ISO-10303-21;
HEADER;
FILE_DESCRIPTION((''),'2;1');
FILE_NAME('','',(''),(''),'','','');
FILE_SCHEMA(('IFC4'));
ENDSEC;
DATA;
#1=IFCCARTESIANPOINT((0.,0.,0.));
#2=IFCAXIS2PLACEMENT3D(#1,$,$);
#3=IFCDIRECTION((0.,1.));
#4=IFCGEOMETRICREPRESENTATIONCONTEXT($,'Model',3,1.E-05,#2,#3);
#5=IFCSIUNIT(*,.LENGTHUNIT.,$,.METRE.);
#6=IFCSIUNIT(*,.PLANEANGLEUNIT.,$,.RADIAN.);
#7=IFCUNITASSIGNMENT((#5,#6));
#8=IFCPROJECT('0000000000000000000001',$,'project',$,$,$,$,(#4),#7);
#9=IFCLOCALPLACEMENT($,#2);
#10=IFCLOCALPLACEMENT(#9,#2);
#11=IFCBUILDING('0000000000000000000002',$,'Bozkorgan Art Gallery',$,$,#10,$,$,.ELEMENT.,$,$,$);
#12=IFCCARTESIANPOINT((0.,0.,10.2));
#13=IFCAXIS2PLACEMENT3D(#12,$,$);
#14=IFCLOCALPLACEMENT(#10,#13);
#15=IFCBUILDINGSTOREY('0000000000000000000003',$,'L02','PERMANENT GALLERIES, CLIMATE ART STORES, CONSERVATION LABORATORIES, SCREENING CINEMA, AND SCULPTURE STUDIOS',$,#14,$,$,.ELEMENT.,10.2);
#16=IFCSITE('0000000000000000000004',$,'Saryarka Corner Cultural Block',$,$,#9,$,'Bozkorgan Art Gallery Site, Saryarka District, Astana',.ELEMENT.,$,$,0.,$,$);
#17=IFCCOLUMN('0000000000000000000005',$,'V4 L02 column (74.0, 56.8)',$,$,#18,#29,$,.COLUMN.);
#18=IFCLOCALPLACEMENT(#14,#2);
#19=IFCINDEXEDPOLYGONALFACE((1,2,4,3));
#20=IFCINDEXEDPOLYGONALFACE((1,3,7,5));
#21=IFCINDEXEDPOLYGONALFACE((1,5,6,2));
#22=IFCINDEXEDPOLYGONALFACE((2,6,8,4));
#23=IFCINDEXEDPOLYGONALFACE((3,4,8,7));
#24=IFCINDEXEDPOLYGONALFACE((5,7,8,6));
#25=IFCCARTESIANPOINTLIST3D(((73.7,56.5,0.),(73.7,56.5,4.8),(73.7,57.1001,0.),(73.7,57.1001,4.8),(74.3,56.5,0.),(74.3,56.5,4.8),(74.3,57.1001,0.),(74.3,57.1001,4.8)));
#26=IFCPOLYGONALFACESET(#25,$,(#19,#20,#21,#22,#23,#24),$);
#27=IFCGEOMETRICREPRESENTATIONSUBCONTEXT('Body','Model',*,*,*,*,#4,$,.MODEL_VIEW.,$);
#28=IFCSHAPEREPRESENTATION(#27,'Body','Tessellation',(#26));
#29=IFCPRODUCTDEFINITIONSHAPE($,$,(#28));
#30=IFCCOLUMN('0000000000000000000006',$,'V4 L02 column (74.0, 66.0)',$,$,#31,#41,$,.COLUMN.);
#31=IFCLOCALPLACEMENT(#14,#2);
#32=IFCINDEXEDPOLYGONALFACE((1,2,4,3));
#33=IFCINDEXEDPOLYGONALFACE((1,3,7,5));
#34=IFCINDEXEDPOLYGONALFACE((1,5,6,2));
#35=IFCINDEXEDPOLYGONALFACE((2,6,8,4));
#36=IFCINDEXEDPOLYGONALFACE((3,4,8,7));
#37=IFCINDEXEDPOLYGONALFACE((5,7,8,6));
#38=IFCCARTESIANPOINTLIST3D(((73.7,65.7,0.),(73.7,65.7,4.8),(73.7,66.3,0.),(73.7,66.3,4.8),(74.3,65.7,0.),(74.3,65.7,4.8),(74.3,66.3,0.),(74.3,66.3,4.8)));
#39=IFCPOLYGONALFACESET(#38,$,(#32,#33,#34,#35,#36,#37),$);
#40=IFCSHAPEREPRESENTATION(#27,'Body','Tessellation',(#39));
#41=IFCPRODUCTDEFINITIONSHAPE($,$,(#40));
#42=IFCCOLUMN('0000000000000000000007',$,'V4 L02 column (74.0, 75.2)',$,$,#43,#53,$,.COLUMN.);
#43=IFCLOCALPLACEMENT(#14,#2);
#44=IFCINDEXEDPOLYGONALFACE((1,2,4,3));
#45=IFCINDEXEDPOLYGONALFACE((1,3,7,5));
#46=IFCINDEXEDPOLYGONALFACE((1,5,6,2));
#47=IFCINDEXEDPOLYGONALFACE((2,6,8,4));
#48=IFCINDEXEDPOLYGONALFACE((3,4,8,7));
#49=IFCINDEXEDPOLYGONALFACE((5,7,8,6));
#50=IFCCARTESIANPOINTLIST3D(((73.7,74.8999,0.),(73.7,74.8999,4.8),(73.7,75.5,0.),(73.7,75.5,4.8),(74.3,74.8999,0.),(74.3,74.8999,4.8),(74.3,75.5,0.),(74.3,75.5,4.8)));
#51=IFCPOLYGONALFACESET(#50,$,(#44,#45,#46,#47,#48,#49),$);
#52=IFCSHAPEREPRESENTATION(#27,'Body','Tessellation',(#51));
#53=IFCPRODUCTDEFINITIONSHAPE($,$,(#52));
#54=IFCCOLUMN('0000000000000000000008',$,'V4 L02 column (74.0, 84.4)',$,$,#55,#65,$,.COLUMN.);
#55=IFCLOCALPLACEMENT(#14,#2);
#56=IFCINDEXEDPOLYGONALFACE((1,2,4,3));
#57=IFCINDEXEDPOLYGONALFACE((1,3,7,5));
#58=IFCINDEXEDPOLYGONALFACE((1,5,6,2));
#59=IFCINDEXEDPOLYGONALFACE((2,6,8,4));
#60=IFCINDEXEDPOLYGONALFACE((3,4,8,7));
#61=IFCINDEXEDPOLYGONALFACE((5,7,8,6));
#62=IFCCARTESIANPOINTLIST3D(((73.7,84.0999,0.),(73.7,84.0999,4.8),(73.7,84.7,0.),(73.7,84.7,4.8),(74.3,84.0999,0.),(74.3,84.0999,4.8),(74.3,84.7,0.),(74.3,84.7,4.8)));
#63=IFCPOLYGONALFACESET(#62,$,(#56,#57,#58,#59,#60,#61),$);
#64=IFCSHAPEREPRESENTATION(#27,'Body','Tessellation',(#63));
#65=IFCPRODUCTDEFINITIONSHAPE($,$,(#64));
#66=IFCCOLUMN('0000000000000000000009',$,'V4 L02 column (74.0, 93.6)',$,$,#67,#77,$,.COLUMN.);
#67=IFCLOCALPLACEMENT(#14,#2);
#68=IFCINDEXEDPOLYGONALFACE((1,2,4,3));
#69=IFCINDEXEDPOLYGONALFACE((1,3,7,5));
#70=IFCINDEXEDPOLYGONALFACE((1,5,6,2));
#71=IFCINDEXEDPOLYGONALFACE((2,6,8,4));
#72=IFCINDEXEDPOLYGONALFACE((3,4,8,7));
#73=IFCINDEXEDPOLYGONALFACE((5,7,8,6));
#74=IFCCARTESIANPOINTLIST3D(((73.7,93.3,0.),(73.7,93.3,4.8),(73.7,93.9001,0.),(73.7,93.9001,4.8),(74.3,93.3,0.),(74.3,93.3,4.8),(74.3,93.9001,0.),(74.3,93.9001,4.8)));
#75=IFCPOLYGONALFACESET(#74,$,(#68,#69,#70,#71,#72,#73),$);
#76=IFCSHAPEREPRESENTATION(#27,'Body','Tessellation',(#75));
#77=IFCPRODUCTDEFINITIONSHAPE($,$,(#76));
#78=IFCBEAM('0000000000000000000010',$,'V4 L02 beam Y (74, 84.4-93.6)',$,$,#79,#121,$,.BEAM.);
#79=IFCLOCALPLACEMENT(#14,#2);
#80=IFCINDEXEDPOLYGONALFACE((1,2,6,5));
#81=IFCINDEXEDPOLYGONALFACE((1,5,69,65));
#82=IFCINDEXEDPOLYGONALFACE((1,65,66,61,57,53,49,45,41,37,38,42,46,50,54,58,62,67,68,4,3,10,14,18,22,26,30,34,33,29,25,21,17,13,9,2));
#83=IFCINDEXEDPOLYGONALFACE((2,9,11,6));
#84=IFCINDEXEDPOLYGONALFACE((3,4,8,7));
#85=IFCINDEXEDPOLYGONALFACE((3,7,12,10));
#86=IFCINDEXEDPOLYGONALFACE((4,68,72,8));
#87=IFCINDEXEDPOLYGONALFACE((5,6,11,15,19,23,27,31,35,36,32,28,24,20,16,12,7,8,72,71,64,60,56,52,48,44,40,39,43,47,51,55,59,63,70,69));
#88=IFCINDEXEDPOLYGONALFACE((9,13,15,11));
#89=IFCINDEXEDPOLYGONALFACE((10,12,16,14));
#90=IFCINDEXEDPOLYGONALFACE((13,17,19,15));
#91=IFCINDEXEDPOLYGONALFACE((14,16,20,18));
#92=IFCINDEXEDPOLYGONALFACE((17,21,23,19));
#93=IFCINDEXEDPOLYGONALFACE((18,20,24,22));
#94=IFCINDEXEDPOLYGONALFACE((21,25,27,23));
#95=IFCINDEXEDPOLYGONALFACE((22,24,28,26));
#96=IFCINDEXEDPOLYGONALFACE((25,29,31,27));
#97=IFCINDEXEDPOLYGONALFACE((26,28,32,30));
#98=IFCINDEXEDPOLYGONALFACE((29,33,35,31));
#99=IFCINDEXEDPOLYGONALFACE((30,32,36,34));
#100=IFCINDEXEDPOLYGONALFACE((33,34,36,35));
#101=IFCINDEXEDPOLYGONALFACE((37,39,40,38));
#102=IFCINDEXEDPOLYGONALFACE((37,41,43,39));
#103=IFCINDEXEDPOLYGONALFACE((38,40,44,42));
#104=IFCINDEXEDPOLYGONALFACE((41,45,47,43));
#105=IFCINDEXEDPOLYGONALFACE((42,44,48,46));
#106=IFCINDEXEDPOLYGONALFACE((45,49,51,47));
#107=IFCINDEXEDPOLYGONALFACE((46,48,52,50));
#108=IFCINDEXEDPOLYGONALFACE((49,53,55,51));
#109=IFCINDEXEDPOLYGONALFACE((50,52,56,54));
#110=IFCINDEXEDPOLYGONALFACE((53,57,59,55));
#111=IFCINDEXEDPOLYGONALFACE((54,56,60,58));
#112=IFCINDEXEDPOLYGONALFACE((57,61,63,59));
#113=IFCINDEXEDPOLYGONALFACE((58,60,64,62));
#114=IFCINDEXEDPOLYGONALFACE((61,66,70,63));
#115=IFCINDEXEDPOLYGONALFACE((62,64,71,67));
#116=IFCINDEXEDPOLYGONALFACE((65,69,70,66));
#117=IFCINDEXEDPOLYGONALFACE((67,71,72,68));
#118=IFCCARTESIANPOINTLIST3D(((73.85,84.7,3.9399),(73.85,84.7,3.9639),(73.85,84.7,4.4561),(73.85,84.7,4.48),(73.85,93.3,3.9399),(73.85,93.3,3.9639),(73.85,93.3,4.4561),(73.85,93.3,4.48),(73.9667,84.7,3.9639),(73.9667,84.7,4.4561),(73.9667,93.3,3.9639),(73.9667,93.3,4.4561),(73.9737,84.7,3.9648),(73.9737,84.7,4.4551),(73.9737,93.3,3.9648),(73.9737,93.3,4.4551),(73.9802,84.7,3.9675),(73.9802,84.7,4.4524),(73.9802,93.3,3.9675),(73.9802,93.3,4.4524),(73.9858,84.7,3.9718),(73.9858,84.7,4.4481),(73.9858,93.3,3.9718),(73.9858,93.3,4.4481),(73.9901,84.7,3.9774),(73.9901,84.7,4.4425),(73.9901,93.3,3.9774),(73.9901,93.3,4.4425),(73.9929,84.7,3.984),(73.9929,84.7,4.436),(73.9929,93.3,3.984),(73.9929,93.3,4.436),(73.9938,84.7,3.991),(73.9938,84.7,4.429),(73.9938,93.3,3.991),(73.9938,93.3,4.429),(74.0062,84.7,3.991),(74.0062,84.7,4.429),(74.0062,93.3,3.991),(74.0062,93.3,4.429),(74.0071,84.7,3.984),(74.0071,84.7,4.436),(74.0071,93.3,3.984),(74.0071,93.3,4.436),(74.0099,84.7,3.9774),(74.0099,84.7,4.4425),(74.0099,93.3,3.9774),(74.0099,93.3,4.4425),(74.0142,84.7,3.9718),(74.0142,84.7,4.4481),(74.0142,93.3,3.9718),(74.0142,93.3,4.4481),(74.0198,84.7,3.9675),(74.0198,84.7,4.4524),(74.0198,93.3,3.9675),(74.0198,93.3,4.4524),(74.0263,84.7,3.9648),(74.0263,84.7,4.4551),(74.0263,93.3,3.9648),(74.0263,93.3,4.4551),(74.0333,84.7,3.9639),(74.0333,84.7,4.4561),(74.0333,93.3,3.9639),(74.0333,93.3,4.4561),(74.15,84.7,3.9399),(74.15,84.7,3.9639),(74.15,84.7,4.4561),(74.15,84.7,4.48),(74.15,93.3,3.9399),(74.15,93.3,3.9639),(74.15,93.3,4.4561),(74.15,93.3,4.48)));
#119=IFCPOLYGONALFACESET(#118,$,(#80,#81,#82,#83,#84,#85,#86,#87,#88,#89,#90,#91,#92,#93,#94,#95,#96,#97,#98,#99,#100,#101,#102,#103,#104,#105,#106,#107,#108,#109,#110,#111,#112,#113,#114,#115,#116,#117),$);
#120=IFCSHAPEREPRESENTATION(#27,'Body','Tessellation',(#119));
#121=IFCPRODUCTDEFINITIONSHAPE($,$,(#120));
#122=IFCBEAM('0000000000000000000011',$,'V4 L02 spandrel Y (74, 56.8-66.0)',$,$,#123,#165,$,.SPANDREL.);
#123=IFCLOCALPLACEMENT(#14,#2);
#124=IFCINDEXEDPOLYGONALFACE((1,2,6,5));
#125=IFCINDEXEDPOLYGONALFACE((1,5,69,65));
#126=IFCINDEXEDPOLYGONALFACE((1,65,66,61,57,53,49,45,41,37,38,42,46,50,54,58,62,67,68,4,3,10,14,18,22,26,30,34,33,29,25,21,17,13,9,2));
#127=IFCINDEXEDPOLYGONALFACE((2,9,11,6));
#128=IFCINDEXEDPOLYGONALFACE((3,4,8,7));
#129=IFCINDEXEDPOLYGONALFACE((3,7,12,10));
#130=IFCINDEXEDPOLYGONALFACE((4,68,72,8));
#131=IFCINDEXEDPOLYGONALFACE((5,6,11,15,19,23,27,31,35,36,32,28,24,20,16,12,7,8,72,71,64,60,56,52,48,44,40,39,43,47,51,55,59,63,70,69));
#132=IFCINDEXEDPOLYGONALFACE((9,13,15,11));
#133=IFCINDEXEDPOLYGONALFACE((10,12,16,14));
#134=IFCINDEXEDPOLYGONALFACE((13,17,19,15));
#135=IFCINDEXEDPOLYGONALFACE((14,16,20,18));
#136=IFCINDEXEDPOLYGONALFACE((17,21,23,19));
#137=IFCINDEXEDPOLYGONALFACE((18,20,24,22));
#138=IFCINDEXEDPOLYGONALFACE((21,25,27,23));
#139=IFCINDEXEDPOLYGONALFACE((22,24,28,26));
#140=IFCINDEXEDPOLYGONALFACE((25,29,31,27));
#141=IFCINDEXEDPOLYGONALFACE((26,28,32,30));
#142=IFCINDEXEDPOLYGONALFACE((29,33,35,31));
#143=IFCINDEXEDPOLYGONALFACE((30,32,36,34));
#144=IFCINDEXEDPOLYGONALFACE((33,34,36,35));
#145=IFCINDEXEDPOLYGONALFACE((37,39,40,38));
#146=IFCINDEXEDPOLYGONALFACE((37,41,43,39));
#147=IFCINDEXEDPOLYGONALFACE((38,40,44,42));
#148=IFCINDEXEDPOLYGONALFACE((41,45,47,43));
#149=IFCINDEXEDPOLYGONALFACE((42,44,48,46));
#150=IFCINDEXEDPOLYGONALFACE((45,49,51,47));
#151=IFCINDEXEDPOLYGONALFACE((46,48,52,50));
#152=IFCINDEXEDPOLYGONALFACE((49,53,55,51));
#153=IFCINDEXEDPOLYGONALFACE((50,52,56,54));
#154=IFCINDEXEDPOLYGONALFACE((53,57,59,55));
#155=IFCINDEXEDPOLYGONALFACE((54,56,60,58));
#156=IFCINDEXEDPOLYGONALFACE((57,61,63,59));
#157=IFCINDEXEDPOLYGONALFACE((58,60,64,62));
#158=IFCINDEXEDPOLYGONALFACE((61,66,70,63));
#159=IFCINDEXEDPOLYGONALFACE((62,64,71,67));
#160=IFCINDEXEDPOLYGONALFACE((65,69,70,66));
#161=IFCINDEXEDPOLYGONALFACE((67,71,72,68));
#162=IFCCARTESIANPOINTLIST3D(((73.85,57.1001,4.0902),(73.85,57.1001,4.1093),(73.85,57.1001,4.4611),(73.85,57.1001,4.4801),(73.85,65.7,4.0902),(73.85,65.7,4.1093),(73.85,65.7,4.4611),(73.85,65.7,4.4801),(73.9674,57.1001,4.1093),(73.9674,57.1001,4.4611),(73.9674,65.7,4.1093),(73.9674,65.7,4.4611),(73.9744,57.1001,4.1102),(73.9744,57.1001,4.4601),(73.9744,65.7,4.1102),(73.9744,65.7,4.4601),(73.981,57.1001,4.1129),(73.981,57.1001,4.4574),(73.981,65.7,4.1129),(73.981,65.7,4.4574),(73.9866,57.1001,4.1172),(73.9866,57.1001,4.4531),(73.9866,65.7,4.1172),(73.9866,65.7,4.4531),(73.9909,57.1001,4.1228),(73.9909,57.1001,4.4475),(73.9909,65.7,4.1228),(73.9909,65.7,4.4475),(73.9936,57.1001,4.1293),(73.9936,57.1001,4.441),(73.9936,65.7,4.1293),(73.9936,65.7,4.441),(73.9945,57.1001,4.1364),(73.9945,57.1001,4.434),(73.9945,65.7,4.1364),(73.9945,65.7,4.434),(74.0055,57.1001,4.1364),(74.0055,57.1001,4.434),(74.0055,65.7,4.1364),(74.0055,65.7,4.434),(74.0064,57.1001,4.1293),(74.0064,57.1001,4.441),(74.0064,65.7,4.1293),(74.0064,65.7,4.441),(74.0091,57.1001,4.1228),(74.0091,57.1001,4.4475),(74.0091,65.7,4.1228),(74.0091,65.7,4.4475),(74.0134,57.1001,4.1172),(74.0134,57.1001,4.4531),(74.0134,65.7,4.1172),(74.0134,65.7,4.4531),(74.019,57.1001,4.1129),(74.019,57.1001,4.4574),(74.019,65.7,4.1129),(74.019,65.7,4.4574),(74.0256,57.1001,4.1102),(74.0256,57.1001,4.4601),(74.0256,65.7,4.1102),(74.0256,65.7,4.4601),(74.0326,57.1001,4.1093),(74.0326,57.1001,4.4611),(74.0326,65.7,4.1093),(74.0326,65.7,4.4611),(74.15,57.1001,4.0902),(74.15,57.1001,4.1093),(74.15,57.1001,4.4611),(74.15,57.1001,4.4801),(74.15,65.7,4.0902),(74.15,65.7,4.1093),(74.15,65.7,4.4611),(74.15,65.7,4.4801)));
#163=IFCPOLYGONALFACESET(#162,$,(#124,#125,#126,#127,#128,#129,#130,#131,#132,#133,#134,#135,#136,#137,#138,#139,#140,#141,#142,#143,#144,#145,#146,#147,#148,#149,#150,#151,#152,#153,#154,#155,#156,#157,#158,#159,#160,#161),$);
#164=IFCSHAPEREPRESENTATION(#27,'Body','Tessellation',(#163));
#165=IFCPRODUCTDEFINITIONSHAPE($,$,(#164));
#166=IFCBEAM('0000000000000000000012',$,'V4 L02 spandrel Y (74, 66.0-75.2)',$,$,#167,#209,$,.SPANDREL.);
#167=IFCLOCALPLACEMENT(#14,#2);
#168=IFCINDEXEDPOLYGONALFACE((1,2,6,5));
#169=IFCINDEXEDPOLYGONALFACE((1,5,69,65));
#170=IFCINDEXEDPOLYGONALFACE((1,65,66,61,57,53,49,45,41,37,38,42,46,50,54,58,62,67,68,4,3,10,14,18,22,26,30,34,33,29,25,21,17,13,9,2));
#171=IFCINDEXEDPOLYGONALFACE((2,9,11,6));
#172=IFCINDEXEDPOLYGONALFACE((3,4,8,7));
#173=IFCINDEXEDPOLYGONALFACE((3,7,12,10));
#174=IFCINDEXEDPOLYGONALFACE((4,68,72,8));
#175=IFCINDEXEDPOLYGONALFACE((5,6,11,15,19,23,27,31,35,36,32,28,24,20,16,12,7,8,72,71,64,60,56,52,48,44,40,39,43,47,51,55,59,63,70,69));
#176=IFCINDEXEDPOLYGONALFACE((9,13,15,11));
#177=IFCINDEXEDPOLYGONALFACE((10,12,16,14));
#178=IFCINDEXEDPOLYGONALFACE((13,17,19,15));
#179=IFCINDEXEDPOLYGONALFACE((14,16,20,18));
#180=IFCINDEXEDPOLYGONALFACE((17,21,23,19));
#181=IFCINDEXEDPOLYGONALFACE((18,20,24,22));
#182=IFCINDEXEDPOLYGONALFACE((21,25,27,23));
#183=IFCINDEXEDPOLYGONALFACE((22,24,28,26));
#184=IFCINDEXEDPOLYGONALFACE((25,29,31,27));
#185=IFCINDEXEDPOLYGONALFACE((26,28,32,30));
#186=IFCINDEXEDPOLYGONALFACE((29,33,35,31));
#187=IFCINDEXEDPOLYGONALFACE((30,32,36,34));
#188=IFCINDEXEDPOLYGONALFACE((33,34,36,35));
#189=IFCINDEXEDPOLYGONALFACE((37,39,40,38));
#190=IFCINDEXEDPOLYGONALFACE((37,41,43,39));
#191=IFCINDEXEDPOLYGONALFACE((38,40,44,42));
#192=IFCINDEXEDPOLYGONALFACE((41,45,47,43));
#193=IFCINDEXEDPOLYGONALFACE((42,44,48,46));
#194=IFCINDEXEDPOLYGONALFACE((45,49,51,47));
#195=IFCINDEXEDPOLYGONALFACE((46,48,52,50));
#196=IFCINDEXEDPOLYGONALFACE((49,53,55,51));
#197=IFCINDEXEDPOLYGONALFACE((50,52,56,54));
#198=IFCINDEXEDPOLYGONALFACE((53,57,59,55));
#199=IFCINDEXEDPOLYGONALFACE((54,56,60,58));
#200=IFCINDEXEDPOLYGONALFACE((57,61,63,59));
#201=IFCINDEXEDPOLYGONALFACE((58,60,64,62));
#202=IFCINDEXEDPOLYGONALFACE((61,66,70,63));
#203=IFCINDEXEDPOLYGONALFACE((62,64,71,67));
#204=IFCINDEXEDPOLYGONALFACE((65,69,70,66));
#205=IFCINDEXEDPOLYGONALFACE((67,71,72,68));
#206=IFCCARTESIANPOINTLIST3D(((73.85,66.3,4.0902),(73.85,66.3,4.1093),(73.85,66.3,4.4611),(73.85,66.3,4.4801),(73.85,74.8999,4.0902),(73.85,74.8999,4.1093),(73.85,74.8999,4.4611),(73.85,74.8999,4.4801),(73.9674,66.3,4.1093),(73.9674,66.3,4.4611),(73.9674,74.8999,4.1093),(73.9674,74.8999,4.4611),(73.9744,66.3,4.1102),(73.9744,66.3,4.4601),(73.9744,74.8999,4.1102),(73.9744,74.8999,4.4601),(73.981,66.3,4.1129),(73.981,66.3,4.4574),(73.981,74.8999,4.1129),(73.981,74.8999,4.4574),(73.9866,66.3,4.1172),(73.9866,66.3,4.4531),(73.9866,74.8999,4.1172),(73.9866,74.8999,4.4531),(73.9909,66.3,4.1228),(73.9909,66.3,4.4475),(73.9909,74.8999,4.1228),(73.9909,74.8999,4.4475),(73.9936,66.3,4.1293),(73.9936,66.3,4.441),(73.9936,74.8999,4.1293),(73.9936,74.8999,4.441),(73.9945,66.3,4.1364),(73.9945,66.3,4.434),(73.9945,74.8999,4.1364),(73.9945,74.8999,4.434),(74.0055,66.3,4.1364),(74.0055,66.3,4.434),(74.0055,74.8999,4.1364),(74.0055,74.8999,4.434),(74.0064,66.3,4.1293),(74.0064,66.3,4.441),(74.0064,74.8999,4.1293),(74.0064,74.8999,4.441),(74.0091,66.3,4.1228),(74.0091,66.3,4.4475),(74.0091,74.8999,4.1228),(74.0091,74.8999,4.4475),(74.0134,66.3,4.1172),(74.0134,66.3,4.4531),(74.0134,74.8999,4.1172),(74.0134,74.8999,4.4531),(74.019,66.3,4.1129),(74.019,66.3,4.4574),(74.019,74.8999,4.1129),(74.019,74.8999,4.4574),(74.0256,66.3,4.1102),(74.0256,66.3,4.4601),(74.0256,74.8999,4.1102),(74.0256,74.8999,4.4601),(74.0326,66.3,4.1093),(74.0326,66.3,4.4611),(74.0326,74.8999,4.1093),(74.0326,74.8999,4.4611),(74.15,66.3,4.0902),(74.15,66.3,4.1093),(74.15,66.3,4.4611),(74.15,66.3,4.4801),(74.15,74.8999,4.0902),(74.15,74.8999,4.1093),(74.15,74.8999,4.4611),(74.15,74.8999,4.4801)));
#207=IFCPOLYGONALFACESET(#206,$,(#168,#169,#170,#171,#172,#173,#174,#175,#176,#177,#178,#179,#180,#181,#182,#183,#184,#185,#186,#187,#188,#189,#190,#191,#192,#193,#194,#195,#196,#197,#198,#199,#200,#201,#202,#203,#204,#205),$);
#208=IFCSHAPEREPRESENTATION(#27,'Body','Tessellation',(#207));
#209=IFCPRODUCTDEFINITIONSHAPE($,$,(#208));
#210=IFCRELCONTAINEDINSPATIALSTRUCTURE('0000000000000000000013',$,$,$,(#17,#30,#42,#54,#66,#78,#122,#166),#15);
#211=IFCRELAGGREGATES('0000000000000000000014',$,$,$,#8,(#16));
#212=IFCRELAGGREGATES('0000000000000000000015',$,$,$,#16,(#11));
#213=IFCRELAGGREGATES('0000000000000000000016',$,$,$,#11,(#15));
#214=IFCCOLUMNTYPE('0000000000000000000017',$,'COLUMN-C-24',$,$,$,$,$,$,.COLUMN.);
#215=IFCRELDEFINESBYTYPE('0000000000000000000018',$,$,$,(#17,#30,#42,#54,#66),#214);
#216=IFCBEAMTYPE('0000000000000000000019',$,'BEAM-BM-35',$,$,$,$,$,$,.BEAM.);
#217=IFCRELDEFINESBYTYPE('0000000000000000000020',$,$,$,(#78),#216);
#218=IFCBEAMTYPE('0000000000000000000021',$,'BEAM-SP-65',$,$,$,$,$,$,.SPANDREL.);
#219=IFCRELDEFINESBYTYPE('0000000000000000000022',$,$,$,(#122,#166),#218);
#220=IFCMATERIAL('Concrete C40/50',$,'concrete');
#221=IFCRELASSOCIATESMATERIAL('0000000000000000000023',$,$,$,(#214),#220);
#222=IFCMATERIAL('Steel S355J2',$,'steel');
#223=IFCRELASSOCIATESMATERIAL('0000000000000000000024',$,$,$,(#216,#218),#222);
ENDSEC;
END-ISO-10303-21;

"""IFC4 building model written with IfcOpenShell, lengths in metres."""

from ifc_helpers import new_model, si_unit, direction, frame, origin, origin_2d, place, context, subcontext, project, spatial, rectangle, i_section, extrude, material, material_profile, profile_set, type_object, element, save


model = new_model("IFC4")

# Units and contexts
model_context = context("Model", 3, precision=1e-05, world=origin(), true_north=direction((0.0, 1.0)))
body_context = subcontext(model_context, "Body", "Model", "MODEL_VIEW")
ifc_project = project(units=[si_unit("LENGTHUNIT", "METRE"), si_unit("PLANEANGLEUNIT", "RADIAN")], contexts=[model_context])

# Site, building, storey
site_placement = place(None, origin())
site = spatial("IfcSite", under=ifc_project, at=site_placement, Name="Saryarka Corner Cultural Block", LongName="Bozkorgan Art Gallery Site, Saryarka District, Astana", CompositionType="ELEMENT", RefElevation=0.0)
building_placement = place(site_placement, origin())
building = spatial("IfcBuilding", under=site, at=building_placement, Name="Bozkorgan Art Gallery", CompositionType="ELEMENT")
storey_placement = place(building_placement, frame((0.0, 0.0, 10.2)))
storey = spatial("IfcBuildingStorey", under=building, at=storey_placement, Name="L02", Description="PERMANENT GALLERIES, CLIMATE ART STORES, CONSERVATION LABORATORIES, SCREENING CINEMA, AND SCULPTURE STUDIOS", CompositionType="ELEMENT", Elevation=10.2)

# Columns
ifc_material_1 = material(Name="Concrete C40/50", Category="concrete")
ifc_material_profile_1 = material_profile(ifc_material_1, rectangle(XDim=0.6001, YDim=0.6001, at=origin_2d()), Name="RC 600x600")
ifc_profile_set_1 = profile_set([ifc_material_profile_1], Name="Concrete C40/50")
column_type = type_object("IfcColumnType", Name="COLUMN-C-24", PredefinedType="COLUMN", material=ifc_profile_set_1)
for number, where, z_axis, x_axis, name in (
    (1, (74.0, 56.8, 0.0), (0.0, 0.0, 1.0), (1.0, 0.0, 0.0), "V4 L02 column (74.0, 56.8)"),
    (2, (74.0, 66.0, 0.0), (0.0, 0.0, 1.0), (1.0, 0.0, 0.0), "V4 L02 column (74.0, 66.0)"),
    (3, (74.0, 75.2, 0.0), (0.0, 0.0, 1.0), (1.0, 0.0, 0.0), "V4 L02 column (74.0, 75.2)"),
    (4, (74.0, 84.3999, 0.0), (0.0, 0.0, 1.0), (1.0, 0.0, 0.0), "V4 L02 column (74.0, 84.4)"),
    (5, (74.0, 93.6001, 0.0), (0.0, 0.0, 1.0), (1.0, 0.0, 0.0), "V4 L02 column (74.0, 93.6)"),
):
    element("IfcColumn", number, at=place(storey_placement, frame(where, z_axis=z_axis, x_axis=x_axis)), inside=storey, type_object=column_type, Name=name, PredefinedType="COLUMN", context=body_context, shape_type="SweptSolid", body=[
        extrude(rectangle(XDim=0.6001, YDim=0.6001, at=origin_2d()), origin(), (0.0, 0.0, 1.0), 4.8),
    ])

# Beams
ifc_material_2 = material(Name="Steel S355J2", Category="steel")
ifc_material_profile_2 = material_profile(ifc_material_2, i_section(OverallWidth=0.3, OverallDepth=0.54, WebThickness=0.0125, FlangeThickness=0.0239, FilletRadius=0.0271, at=origin_2d()), Name="HEA 550")
ifc_profile_set_2 = profile_set([ifc_material_profile_2], Name="Steel S355J2")
beam_type_1 = type_object("IfcBeamType", Name="BEAM-BM-35", PredefinedType="BEAM", material=ifc_profile_set_2)
beam_1_placement = place(storey_placement, frame((74.0, 84.7, 4.21), z_axis=(0.0, 1.0, 0.0), x_axis=(-1.0, 0.0, 0.0)))
element("IfcBeam", 6, at=beam_1_placement, inside=storey, type_object=beam_type_1, Name="V4 L02 beam Y (74, 84.4-93.6)", PredefinedType="BEAM", context=body_context, shape_type="SweptSolid", body=[
    extrude(i_section(OverallWidth=0.3, OverallDepth=0.54, WebThickness=0.0125, FlangeThickness=0.0239, FilletRadius=0.0271, at=origin_2d()), origin(), (0.0, 0.0, 1.0), 8.6001),
])
ifc_material_profile_3 = material_profile(ifc_material_2, i_section(OverallWidth=0.3, OverallDepth=0.3899, WebThickness=0.011, FlangeThickness=0.019, FilletRadius=0.0271, at=origin_2d()), Name="HEA 400")
ifc_profile_set_3 = profile_set([ifc_material_profile_3], Name="Steel S355J2")
beam_type_2 = type_object("IfcBeamType", Name="BEAM-SP-65", PredefinedType="SPANDREL", material=ifc_profile_set_3)
for number, where, z_axis, x_axis, name in (
    (7, (74.0, 57.1001, 4.2852), (0.0, 1.0, 0.0), (-1.0, 0.0, 0.0), "V4 L02 spandrel Y (74, 56.8-66.0)"),
    (8, (74.0, 66.3, 4.2852), (0.0, 1.0, 0.0), (-1.0, 0.0, 0.0), "V4 L02 spandrel Y (74, 66.0-75.2)"),
):
    element("IfcBeam", number, at=place(storey_placement, frame(where, z_axis=z_axis, x_axis=x_axis)), inside=storey, type_object=beam_type_2, Name=name, PredefinedType="SPANDREL", context=body_context, shape_type="SweptSolid", body=[
        extrude(i_section(OverallWidth=0.3, OverallDepth=0.3899, WebThickness=0.011, FlangeThickness=0.019, FilletRadius=0.0271, at=origin_2d()), origin(), (0.0, 0.0, 1.0), 8.5999),
    ])

save(model, "model.ifc")
